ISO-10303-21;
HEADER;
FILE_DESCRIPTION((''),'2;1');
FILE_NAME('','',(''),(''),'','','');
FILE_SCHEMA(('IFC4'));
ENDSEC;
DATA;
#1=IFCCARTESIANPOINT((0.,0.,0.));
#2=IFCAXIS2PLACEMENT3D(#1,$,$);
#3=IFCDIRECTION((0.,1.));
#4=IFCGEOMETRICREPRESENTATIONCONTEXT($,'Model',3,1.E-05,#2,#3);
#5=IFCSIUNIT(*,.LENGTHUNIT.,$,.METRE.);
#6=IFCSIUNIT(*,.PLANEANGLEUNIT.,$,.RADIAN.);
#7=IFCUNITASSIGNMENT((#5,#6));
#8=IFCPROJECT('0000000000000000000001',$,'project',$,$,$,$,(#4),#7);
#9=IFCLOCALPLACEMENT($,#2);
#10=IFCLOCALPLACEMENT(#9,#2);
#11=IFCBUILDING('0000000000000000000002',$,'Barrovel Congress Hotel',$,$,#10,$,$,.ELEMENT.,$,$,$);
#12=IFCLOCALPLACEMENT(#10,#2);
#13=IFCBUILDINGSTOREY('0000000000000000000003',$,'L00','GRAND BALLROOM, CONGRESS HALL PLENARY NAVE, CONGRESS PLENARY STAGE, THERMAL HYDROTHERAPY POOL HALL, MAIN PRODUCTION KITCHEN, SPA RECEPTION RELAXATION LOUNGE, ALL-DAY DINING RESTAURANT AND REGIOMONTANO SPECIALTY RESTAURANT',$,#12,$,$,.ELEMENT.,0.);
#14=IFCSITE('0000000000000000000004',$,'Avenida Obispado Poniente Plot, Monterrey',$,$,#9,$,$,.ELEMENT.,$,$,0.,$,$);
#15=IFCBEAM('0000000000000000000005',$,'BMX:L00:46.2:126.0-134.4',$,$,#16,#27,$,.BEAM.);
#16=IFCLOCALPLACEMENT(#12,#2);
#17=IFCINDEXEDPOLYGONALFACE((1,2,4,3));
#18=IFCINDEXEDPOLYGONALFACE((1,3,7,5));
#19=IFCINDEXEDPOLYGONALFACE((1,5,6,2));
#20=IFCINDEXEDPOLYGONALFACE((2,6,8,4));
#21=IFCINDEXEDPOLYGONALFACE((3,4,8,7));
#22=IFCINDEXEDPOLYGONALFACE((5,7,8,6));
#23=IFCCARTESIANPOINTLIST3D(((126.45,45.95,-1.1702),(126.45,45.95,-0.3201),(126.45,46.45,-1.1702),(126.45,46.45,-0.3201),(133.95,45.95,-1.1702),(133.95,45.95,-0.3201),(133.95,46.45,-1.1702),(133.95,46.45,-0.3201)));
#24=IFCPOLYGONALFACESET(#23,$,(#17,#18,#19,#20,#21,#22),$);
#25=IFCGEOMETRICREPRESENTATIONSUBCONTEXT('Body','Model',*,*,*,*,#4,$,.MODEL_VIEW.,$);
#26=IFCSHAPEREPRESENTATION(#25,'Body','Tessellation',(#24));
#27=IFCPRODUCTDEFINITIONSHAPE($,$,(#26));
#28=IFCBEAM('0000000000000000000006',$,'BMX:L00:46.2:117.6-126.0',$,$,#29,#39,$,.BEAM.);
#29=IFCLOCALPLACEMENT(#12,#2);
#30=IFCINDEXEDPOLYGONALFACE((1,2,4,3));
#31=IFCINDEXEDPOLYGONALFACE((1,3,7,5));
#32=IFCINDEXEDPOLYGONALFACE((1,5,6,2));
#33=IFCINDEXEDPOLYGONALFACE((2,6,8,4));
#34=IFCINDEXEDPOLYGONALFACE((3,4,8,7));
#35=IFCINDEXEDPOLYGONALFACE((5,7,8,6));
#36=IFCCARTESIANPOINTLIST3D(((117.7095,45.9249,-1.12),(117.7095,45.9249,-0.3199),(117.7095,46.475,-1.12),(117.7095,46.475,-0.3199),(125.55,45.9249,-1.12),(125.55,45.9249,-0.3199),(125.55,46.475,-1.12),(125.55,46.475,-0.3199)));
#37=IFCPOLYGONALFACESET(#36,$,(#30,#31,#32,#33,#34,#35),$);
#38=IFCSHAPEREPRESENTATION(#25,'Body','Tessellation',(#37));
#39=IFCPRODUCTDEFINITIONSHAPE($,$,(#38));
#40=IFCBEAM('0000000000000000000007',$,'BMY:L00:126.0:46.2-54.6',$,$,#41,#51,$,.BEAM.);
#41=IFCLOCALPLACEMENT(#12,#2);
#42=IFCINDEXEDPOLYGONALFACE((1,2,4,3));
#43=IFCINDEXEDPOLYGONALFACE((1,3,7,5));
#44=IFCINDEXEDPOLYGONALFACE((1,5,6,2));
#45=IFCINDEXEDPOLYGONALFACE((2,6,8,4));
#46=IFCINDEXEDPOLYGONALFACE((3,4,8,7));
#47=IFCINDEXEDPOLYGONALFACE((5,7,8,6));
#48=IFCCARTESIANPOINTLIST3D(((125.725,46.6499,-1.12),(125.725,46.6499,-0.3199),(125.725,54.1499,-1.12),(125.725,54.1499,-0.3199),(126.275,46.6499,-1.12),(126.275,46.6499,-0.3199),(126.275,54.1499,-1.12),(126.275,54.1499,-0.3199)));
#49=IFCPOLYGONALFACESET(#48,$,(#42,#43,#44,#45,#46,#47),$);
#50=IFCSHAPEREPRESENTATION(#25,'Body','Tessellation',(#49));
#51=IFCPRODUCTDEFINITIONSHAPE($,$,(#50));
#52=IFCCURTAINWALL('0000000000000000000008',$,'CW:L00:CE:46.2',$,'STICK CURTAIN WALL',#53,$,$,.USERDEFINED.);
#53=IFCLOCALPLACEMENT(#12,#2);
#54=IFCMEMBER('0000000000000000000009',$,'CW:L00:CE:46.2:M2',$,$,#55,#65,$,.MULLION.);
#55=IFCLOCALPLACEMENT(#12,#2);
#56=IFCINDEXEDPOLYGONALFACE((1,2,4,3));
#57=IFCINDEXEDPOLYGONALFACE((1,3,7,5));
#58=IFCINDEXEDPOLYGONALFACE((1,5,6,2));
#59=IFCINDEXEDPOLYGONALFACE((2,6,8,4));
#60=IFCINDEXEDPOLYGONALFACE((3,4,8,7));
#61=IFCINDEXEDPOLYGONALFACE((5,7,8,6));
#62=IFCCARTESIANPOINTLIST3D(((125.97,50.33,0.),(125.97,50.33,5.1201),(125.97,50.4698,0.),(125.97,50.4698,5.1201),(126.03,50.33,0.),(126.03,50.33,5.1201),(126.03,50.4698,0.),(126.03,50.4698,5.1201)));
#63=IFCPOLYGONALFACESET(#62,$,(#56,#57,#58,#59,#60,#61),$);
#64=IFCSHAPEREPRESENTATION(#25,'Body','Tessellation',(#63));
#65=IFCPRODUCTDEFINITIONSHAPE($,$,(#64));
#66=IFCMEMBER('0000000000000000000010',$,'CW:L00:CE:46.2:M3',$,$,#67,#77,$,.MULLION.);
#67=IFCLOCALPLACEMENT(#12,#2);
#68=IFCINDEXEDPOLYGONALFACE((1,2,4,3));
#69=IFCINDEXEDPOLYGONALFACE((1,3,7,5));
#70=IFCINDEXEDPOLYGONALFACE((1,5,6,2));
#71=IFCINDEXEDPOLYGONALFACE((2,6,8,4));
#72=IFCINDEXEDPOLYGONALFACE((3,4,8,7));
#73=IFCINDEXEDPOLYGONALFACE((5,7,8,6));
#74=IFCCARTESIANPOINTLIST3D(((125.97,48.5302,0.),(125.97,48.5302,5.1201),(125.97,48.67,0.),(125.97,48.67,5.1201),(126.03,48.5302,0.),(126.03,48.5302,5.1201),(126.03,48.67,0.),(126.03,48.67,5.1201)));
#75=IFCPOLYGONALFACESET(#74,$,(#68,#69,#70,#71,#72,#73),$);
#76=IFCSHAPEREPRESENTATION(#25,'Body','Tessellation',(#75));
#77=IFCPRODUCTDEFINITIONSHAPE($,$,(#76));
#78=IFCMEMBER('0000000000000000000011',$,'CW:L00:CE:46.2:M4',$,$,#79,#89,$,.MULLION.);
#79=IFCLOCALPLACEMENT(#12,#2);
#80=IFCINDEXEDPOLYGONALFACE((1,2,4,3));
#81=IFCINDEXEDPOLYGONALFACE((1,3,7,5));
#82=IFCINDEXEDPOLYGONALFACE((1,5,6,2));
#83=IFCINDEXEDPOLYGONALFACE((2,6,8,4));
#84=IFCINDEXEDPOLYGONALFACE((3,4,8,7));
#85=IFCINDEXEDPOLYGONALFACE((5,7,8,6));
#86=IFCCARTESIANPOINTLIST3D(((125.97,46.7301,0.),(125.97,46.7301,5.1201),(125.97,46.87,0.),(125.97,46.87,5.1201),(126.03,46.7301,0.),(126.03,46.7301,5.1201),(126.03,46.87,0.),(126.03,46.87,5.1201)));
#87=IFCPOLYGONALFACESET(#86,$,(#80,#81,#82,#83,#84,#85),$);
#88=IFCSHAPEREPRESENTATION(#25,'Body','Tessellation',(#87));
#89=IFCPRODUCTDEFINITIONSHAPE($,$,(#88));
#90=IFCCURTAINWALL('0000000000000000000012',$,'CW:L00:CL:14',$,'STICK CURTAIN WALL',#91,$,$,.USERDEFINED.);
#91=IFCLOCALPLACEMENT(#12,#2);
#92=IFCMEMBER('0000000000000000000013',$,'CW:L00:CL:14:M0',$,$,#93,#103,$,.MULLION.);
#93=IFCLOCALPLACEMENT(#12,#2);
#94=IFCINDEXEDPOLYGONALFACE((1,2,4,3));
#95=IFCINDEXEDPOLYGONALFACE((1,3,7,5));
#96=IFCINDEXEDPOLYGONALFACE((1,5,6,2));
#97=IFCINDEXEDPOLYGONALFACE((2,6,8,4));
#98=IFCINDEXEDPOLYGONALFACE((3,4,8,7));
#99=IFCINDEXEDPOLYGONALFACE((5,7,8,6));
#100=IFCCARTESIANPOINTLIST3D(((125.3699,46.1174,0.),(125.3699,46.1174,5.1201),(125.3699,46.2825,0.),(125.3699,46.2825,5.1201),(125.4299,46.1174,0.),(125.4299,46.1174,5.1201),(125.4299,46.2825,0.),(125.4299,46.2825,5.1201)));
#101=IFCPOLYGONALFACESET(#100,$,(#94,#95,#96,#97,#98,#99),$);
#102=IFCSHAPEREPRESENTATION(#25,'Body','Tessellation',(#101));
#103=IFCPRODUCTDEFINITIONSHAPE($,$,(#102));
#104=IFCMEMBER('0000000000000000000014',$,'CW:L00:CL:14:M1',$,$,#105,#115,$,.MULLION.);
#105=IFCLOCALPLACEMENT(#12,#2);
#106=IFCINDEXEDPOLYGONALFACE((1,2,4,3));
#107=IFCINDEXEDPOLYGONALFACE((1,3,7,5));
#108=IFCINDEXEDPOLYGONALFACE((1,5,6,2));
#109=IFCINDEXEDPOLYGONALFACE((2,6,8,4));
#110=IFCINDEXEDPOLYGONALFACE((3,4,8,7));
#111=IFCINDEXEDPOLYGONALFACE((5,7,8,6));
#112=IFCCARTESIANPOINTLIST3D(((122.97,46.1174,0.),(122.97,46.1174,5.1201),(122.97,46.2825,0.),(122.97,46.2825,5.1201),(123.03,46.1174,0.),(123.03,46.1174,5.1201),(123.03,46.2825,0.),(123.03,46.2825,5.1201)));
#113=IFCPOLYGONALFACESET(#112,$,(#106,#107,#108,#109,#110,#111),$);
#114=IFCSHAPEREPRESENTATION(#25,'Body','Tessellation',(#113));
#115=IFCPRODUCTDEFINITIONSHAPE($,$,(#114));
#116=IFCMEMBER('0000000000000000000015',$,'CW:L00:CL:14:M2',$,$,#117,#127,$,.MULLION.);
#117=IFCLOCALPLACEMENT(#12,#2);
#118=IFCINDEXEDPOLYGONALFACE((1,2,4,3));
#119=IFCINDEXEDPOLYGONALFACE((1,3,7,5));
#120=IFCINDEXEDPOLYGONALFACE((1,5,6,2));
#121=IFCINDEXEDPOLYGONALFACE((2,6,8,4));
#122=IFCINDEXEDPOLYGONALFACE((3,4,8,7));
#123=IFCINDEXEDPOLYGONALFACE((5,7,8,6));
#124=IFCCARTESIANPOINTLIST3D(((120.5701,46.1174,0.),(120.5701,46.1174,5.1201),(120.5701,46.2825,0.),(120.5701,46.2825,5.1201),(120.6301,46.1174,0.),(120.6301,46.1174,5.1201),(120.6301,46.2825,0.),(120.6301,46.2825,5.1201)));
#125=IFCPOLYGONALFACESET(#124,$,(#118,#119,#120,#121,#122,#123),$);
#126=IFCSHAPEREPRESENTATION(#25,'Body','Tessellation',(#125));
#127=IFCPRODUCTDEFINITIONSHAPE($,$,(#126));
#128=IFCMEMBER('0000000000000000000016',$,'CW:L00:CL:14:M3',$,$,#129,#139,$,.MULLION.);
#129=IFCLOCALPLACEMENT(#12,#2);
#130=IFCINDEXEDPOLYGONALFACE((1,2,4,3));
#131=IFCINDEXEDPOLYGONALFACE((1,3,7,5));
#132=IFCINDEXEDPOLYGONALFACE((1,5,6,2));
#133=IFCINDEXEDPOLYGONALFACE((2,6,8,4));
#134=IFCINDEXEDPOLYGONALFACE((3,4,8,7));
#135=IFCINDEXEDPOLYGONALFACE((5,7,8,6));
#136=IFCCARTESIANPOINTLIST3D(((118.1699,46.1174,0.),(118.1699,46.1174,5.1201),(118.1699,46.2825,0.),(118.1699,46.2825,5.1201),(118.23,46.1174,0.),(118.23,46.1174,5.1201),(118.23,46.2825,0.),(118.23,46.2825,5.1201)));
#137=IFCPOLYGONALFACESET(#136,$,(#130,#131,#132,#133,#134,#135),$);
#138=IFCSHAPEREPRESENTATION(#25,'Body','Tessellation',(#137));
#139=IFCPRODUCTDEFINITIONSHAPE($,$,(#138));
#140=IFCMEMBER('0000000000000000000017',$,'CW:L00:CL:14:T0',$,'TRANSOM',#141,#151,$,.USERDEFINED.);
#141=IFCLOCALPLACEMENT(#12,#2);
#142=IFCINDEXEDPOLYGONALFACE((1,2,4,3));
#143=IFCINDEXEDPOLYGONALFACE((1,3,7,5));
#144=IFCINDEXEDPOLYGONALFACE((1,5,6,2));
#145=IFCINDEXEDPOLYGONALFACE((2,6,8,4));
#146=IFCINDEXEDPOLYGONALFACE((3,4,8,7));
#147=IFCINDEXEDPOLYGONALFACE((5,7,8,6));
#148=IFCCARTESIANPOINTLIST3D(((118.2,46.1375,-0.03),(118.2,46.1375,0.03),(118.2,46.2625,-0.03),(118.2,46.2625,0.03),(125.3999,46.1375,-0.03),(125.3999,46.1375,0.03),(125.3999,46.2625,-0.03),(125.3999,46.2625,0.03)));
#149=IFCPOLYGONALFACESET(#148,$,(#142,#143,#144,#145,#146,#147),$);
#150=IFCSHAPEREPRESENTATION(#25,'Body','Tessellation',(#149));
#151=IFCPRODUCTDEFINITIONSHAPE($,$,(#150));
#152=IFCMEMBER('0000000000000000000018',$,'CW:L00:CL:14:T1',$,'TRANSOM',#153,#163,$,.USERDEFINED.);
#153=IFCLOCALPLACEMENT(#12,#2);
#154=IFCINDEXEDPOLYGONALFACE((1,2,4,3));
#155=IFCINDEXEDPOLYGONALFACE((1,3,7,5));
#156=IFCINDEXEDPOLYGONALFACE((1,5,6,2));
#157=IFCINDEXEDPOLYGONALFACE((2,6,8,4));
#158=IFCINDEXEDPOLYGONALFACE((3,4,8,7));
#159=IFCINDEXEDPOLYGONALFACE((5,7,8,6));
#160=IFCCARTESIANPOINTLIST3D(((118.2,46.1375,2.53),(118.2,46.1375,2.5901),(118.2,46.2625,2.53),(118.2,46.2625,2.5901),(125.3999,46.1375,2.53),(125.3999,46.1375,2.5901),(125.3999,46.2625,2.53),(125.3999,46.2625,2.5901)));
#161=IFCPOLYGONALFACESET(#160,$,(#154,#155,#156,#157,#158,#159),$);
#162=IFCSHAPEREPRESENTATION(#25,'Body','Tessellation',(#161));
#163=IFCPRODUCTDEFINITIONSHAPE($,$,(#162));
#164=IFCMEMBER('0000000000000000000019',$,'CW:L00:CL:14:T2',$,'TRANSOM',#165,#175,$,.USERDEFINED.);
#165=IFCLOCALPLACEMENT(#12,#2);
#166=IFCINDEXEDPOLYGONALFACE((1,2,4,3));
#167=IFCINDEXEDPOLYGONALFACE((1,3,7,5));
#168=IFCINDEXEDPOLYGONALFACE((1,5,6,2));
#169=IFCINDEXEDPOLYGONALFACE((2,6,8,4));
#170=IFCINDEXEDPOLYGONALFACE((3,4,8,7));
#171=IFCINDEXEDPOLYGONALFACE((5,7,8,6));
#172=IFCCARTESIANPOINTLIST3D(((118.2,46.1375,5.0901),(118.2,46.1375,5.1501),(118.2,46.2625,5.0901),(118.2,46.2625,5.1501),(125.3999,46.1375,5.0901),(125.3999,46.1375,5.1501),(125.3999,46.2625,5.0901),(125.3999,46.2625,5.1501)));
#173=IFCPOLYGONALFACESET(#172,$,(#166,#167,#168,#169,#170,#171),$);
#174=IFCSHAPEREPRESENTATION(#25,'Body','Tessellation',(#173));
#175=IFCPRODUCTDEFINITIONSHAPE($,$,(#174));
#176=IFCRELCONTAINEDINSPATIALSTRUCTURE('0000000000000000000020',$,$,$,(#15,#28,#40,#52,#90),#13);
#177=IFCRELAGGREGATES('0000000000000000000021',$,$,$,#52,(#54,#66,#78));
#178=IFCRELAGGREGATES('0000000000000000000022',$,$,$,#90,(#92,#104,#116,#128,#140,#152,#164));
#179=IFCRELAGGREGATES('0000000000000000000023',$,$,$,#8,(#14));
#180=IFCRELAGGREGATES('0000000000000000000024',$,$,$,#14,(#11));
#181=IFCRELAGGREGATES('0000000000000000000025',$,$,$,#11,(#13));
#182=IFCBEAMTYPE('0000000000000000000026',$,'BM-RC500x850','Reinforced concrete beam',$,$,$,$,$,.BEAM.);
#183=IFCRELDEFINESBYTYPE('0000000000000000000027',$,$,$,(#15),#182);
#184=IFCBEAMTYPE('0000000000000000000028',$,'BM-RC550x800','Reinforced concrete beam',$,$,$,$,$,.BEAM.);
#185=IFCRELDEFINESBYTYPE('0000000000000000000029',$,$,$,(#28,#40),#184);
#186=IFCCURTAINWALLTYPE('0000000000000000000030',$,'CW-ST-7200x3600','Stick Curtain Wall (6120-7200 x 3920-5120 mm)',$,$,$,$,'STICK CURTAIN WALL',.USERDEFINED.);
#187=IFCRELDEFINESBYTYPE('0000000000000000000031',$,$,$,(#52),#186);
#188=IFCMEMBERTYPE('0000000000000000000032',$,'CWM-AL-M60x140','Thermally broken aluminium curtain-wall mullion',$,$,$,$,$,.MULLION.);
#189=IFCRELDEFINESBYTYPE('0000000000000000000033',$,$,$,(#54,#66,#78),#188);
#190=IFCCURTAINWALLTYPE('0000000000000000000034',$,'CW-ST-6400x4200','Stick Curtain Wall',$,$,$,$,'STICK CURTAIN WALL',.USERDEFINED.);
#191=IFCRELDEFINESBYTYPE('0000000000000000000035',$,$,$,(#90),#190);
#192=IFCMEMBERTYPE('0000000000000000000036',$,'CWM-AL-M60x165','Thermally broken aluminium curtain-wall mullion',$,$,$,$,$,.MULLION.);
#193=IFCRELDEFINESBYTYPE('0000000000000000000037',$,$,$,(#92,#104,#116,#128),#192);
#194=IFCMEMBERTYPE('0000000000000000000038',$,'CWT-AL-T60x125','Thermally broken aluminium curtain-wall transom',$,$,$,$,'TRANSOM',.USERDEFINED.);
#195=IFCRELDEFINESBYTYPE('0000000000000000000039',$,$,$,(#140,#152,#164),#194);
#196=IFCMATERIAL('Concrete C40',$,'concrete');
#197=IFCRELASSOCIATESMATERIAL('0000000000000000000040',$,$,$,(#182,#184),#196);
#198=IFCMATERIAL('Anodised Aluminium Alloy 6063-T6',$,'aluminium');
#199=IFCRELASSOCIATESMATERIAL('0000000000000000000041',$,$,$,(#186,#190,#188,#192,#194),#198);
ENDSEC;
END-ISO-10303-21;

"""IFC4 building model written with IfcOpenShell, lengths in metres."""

from ifc_helpers import new_model, si_unit, direction, frame, origin, origin_2d, place, context, subcontext, project, spatial, rectangle, extrude, material, material_profile, profile_set, type_object, element, aggregate, save


model = new_model("IFC4")

# Units and contexts
model_context = context("Model", 3, precision=1e-05, world=origin(), true_north=direction((0.0, 1.0)))
body_context = subcontext(model_context, "Body", "Model", "MODEL_VIEW")
ifc_project = project(units=[si_unit("LENGTHUNIT", "METRE"), si_unit("PLANEANGLEUNIT", "RADIAN")], contexts=[model_context])

# Site, building, storey
site_placement = place(None, origin())
site = spatial("IfcSite", under=ifc_project, at=site_placement, Name="Avenida Obispado Poniente Plot, Monterrey", CompositionType="ELEMENT", RefElevation=0.0)
building_placement = place(site_placement, origin())
building = spatial("IfcBuilding", under=site, at=building_placement, Name="Barrovel Congress Hotel", CompositionType="ELEMENT")
storey_placement = place(building_placement, origin())
storey = spatial("IfcBuildingStorey", under=building, at=storey_placement, Name="L00", Description="GRAND BALLROOM, CONGRESS HALL PLENARY NAVE, CONGRESS PLENARY STAGE, THERMAL HYDROTHERAPY POOL HALL, MAIN PRODUCTION KITCHEN, SPA RECEPTION RELAXATION LOUNGE, ALL-DAY DINING RESTAURANT AND REGIOMONTANO SPECIALTY RESTAURANT", CompositionType="ELEMENT", Elevation=0.0)

# Shared definitions
ifc_material_1 = material(Name="Concrete C40", Category="concrete")

# Beams
ifc_material_profile_1 = material_profile(ifc_material_1, rectangle(XDim=0.5, YDim=0.8501, at=origin_2d()), Name="RC500x850")
ifc_profile_set_1 = profile_set([ifc_material_profile_1], Name="Concrete C40")
beam_type_1 = type_object("IfcBeamType", Name="BM-RC500x850", Description="Reinforced concrete beam", PredefinedType="BEAM", material=ifc_profile_set_1)
beam_1_placement = place(storey_placement, frame((126.45, 46.2, -0.7451), z_axis=(1.0, 0.0, 0.0), x_axis=(0.0, 1.0, 0.0)))
element("IfcBeam", 1, at=beam_1_placement, inside=storey, type_object=beam_type_1, Name="BMX:L00:46.2:126.0-134.4", PredefinedType="BEAM", context=body_context, shape_type="SweptSolid", body=[
    extrude(rectangle(XDim=0.5, YDim=0.8501, at=origin_2d()), origin(), (0.0, 0.0, 1.0), 7.5),
])
ifc_material_profile_2 = material_profile(ifc_material_1, rectangle(XDim=0.55, YDim=0.8, at=origin_2d()), Name="RC550x800")
ifc_profile_set_2 = profile_set([ifc_material_profile_2], Name="Concrete C40")
beam_type_2 = type_object("IfcBeamType", Name="BM-RC550x800", Description="Reinforced concrete beam", PredefinedType="BEAM", material=ifc_profile_set_2)
beam_2_placement = place(storey_placement, frame((117.7095, 46.2, -0.72), z_axis=(1.0, 0.0, 0.0), x_axis=(0.0, 1.0, 0.0)))
element("IfcBeam", 2, at=beam_2_placement, inside=storey, type_object=beam_type_2, Name="BMX:L00:46.2:117.6-126.0", PredefinedType="BEAM", context=body_context, shape_type="SweptSolid", body=[
    extrude(rectangle(XDim=0.55, YDim=0.8, at=origin_2d()), origin(), (0.0, 0.0, 1.0), 7.8406),
])
beam_3_placement = place(storey_placement, frame((126.0, 46.6499, -0.72), z_axis=(0.0, 1.0, 0.0), x_axis=(-1.0, 0.0, 0.0)))
element("IfcBeam", 3, at=beam_3_placement, inside=storey, type_object=beam_type_2, Name="BMY:L00:126.0:46.2-54.6", PredefinedType="BEAM", context=body_context, shape_type="SweptSolid", body=[
    extrude(rectangle(XDim=0.55, YDim=0.8, at=origin_2d()), origin(), (0.0, 0.0, 1.0), 7.5),
])

# Curtain walls, members
ifc_material_2 = material(Name="Anodised Aluminium Alloy 6063-T6", Category="aluminium")
curtain_wall_type_1 = type_object("IfcCurtainWallType", Name="CW-ST-7200x3600", Description="Stick Curtain Wall (6120-7200 x 3920-5120 mm)", ElementType="STICK CURTAIN WALL", PredefinedType="USERDEFINED", material=ifc_material_2)
curtain_wall_1_placement = place(storey_placement, origin())
curtain_wall_1 = element("IfcCurtainWall", 4, at=curtain_wall_1_placement, inside=storey, type_object=curtain_wall_type_1, Name="CW:L00:CE:46.2", ObjectType="STICK CURTAIN WALL", PredefinedType="USERDEFINED")
ifc_material_profile_3 = material_profile(ifc_material_2, rectangle(XDim=0.0601, YDim=0.1399, at=origin_2d()), Name="AL-M60x140")
ifc_profile_set_3 = profile_set([ifc_material_profile_3], Name="Anodised Aluminium Alloy 6063-T6")
member_type_1 = type_object("IfcMemberType", Name="CWM-AL-M60x140", Description="Thermally broken aluminium curtain-wall mullion", PredefinedType="MULLION", material=ifc_profile_set_3)
member_1_placement = place(storey_placement, frame((126.0, 50.3999, 0.0), z_axis=(0.0, 0.0, 1.0), x_axis=(1.0, 0.0, 0.0)))
member_1 = element("IfcMember", 5, at=member_1_placement, type_object=member_type_1, Name="CW:L00:CE:46.2:M2", PredefinedType="MULLION", context=body_context, shape_type="SweptSolid", body=[
    extrude(rectangle(XDim=0.0601, YDim=0.1399, at=origin_2d()), origin(), (0.0, 0.0, 1.0), 5.1201),
])
member_2_placement = place(storey_placement, frame((126.0, 48.6001, 0.0), z_axis=(0.0, 0.0, 1.0), x_axis=(1.0, 0.0, 0.0)))
member_2 = element("IfcMember", 6, at=member_2_placement, type_object=member_type_1, Name="CW:L00:CE:46.2:M3", PredefinedType="MULLION", context=body_context, shape_type="SweptSolid", body=[
    extrude(rectangle(XDim=0.0601, YDim=0.1399, at=origin_2d()), origin(), (0.0, 0.0, 1.0), 5.1201),
])
member_3_placement = place(storey_placement, frame((126.0, 46.8, 0.0), z_axis=(0.0, 0.0, 1.0), x_axis=(1.0, 0.0, 0.0)))
member_3 = element("IfcMember", 7, at=member_3_placement, type_object=member_type_1, Name="CW:L00:CE:46.2:M4", PredefinedType="MULLION", context=body_context, shape_type="SweptSolid", body=[
    extrude(rectangle(XDim=0.0601, YDim=0.1399, at=origin_2d()), origin(), (0.0, 0.0, 1.0), 5.1201),
])
curtain_wall_type_2 = type_object("IfcCurtainWallType", Name="CW-ST-6400x4200", Description="Stick Curtain Wall", ElementType="STICK CURTAIN WALL", PredefinedType="USERDEFINED", material=ifc_material_2)
curtain_wall_2_placement = place(storey_placement, origin())
curtain_wall_2 = element("IfcCurtainWall", 8, at=curtain_wall_2_placement, inside=storey, type_object=curtain_wall_type_2, Name="CW:L00:CL:14", ObjectType="STICK CURTAIN WALL", PredefinedType="USERDEFINED")
ifc_material_profile_4 = material_profile(ifc_material_2, rectangle(XDim=0.0601, YDim=0.165, at=origin_2d()), Name="AL-M60x165")
ifc_profile_set_4 = profile_set([ifc_material_profile_4], Name="Anodised Aluminium Alloy 6063-T6")
member_type_2 = type_object("IfcMemberType", Name="CWM-AL-M60x165", Description="Thermally broken aluminium curtain-wall mullion", PredefinedType="MULLION", material=ifc_profile_set_4)
member_4_placement = place(storey_placement, frame((125.3999, 46.2, 0.0), z_axis=(0.0, 0.0, 1.0), x_axis=(1.0, 0.0, 0.0)))
member_4 = element("IfcMember", 9, at=member_4_placement, type_object=member_type_2, Name="CW:L00:CL:14:M0", PredefinedType="MULLION", context=body_context, shape_type="SweptSolid", body=[
    extrude(rectangle(XDim=0.0601, YDim=0.165, at=origin_2d()), origin(), (0.0, 0.0, 1.0), 5.1201),
])
member_5_placement = place(storey_placement, frame((123.0, 46.2, 0.0), z_axis=(0.0, 0.0, 1.0), x_axis=(1.0, 0.0, 0.0)))
member_5 = element("IfcMember", 10, at=member_5_placement, type_object=member_type_2, Name="CW:L00:CL:14:M1", PredefinedType="MULLION", context=body_context, shape_type="SweptSolid", body=[
    extrude(rectangle(XDim=0.0601, YDim=0.165, at=origin_2d()), origin(), (0.0, 0.0, 1.0), 5.1201),
])
member_6_placement = place(storey_placement, frame((120.6001, 46.2, 0.0), z_axis=(0.0, 0.0, 1.0), x_axis=(1.0, 0.0, 0.0)))
member_6 = element("IfcMember", 11, at=member_6_placement, type_object=member_type_2, Name="CW:L00:CL:14:M2", PredefinedType="MULLION", context=body_context, shape_type="SweptSolid", body=[
    extrude(rectangle(XDim=0.0601, YDim=0.165, at=origin_2d()), origin(), (0.0, 0.0, 1.0), 5.1201),
])
member_7_placement = place(storey_placement, frame((118.2, 46.2, 0.0), z_axis=(0.0, 0.0, 1.0), x_axis=(1.0, 0.0, 0.0)))
member_7 = element("IfcMember", 12, at=member_7_placement, type_object=member_type_2, Name="CW:L00:CL:14:M3", PredefinedType="MULLION", context=body_context, shape_type="SweptSolid", body=[
    extrude(rectangle(XDim=0.0601, YDim=0.165, at=origin_2d()), origin(), (0.0, 0.0, 1.0), 5.1201),
])
ifc_material_profile_5 = material_profile(ifc_material_2, rectangle(XDim=0.125, YDim=0.0601, at=origin_2d()), Name="AL-T60x125")
ifc_profile_set_5 = profile_set([ifc_material_profile_5], Name="Anodised Aluminium Alloy 6063-T6")
member_type_3 = type_object("IfcMemberType", Name="CWT-AL-T60x125", Description="Thermally broken aluminium curtain-wall transom", ElementType="TRANSOM", PredefinedType="USERDEFINED", material=ifc_profile_set_5)
member_8_placement = place(storey_placement, frame((125.3999, 46.2, 0.0), z_axis=(-1.0, 0.0, 0.0), x_axis=(0.0, -1.0, 0.0)))
member_8 = element("IfcMember", 13, at=member_8_placement, type_object=member_type_3, Name="CW:L00:CL:14:T0", ObjectType="TRANSOM", PredefinedType="USERDEFINED", context=body_context, shape_type="SweptSolid", body=[
    extrude(rectangle(XDim=0.125, YDim=0.0601, at=origin_2d()), origin(), (0.0, 0.0, 1.0), 7.2),
])
member_9_placement = place(storey_placement, frame((125.3999, 46.2, 2.5601), z_axis=(-1.0, 0.0, 0.0), x_axis=(0.0, -1.0, 0.0)))
member_9 = element("IfcMember", 14, at=member_9_placement, type_object=member_type_3, Name="CW:L00:CL:14:T1", ObjectType="TRANSOM", PredefinedType="USERDEFINED", context=body_context, shape_type="SweptSolid", body=[
    extrude(rectangle(XDim=0.125, YDim=0.0601, at=origin_2d()), origin(), (0.0, 0.0, 1.0), 7.2),
])
member_10_placement = place(storey_placement, frame((125.3999, 46.2, 5.1201), z_axis=(-1.0, 0.0, 0.0), x_axis=(0.0, -1.0, 0.0)))
member_10 = element("IfcMember", 15, at=member_10_placement, type_object=member_type_3, Name="CW:L00:CL:14:T2", ObjectType="TRANSOM", PredefinedType="USERDEFINED", context=body_context, shape_type="SweptSolid", body=[
    extrude(rectangle(XDim=0.125, YDim=0.0601, at=origin_2d()), origin(), (0.0, 0.0, 1.0), 7.2),
])

aggregate(curtain_wall_1, [member_1, member_2, member_3])
aggregate(curtain_wall_2, [member_4, member_5, member_6, member_7, member_8, member_9, member_10])

save(model, "model.ifc")
